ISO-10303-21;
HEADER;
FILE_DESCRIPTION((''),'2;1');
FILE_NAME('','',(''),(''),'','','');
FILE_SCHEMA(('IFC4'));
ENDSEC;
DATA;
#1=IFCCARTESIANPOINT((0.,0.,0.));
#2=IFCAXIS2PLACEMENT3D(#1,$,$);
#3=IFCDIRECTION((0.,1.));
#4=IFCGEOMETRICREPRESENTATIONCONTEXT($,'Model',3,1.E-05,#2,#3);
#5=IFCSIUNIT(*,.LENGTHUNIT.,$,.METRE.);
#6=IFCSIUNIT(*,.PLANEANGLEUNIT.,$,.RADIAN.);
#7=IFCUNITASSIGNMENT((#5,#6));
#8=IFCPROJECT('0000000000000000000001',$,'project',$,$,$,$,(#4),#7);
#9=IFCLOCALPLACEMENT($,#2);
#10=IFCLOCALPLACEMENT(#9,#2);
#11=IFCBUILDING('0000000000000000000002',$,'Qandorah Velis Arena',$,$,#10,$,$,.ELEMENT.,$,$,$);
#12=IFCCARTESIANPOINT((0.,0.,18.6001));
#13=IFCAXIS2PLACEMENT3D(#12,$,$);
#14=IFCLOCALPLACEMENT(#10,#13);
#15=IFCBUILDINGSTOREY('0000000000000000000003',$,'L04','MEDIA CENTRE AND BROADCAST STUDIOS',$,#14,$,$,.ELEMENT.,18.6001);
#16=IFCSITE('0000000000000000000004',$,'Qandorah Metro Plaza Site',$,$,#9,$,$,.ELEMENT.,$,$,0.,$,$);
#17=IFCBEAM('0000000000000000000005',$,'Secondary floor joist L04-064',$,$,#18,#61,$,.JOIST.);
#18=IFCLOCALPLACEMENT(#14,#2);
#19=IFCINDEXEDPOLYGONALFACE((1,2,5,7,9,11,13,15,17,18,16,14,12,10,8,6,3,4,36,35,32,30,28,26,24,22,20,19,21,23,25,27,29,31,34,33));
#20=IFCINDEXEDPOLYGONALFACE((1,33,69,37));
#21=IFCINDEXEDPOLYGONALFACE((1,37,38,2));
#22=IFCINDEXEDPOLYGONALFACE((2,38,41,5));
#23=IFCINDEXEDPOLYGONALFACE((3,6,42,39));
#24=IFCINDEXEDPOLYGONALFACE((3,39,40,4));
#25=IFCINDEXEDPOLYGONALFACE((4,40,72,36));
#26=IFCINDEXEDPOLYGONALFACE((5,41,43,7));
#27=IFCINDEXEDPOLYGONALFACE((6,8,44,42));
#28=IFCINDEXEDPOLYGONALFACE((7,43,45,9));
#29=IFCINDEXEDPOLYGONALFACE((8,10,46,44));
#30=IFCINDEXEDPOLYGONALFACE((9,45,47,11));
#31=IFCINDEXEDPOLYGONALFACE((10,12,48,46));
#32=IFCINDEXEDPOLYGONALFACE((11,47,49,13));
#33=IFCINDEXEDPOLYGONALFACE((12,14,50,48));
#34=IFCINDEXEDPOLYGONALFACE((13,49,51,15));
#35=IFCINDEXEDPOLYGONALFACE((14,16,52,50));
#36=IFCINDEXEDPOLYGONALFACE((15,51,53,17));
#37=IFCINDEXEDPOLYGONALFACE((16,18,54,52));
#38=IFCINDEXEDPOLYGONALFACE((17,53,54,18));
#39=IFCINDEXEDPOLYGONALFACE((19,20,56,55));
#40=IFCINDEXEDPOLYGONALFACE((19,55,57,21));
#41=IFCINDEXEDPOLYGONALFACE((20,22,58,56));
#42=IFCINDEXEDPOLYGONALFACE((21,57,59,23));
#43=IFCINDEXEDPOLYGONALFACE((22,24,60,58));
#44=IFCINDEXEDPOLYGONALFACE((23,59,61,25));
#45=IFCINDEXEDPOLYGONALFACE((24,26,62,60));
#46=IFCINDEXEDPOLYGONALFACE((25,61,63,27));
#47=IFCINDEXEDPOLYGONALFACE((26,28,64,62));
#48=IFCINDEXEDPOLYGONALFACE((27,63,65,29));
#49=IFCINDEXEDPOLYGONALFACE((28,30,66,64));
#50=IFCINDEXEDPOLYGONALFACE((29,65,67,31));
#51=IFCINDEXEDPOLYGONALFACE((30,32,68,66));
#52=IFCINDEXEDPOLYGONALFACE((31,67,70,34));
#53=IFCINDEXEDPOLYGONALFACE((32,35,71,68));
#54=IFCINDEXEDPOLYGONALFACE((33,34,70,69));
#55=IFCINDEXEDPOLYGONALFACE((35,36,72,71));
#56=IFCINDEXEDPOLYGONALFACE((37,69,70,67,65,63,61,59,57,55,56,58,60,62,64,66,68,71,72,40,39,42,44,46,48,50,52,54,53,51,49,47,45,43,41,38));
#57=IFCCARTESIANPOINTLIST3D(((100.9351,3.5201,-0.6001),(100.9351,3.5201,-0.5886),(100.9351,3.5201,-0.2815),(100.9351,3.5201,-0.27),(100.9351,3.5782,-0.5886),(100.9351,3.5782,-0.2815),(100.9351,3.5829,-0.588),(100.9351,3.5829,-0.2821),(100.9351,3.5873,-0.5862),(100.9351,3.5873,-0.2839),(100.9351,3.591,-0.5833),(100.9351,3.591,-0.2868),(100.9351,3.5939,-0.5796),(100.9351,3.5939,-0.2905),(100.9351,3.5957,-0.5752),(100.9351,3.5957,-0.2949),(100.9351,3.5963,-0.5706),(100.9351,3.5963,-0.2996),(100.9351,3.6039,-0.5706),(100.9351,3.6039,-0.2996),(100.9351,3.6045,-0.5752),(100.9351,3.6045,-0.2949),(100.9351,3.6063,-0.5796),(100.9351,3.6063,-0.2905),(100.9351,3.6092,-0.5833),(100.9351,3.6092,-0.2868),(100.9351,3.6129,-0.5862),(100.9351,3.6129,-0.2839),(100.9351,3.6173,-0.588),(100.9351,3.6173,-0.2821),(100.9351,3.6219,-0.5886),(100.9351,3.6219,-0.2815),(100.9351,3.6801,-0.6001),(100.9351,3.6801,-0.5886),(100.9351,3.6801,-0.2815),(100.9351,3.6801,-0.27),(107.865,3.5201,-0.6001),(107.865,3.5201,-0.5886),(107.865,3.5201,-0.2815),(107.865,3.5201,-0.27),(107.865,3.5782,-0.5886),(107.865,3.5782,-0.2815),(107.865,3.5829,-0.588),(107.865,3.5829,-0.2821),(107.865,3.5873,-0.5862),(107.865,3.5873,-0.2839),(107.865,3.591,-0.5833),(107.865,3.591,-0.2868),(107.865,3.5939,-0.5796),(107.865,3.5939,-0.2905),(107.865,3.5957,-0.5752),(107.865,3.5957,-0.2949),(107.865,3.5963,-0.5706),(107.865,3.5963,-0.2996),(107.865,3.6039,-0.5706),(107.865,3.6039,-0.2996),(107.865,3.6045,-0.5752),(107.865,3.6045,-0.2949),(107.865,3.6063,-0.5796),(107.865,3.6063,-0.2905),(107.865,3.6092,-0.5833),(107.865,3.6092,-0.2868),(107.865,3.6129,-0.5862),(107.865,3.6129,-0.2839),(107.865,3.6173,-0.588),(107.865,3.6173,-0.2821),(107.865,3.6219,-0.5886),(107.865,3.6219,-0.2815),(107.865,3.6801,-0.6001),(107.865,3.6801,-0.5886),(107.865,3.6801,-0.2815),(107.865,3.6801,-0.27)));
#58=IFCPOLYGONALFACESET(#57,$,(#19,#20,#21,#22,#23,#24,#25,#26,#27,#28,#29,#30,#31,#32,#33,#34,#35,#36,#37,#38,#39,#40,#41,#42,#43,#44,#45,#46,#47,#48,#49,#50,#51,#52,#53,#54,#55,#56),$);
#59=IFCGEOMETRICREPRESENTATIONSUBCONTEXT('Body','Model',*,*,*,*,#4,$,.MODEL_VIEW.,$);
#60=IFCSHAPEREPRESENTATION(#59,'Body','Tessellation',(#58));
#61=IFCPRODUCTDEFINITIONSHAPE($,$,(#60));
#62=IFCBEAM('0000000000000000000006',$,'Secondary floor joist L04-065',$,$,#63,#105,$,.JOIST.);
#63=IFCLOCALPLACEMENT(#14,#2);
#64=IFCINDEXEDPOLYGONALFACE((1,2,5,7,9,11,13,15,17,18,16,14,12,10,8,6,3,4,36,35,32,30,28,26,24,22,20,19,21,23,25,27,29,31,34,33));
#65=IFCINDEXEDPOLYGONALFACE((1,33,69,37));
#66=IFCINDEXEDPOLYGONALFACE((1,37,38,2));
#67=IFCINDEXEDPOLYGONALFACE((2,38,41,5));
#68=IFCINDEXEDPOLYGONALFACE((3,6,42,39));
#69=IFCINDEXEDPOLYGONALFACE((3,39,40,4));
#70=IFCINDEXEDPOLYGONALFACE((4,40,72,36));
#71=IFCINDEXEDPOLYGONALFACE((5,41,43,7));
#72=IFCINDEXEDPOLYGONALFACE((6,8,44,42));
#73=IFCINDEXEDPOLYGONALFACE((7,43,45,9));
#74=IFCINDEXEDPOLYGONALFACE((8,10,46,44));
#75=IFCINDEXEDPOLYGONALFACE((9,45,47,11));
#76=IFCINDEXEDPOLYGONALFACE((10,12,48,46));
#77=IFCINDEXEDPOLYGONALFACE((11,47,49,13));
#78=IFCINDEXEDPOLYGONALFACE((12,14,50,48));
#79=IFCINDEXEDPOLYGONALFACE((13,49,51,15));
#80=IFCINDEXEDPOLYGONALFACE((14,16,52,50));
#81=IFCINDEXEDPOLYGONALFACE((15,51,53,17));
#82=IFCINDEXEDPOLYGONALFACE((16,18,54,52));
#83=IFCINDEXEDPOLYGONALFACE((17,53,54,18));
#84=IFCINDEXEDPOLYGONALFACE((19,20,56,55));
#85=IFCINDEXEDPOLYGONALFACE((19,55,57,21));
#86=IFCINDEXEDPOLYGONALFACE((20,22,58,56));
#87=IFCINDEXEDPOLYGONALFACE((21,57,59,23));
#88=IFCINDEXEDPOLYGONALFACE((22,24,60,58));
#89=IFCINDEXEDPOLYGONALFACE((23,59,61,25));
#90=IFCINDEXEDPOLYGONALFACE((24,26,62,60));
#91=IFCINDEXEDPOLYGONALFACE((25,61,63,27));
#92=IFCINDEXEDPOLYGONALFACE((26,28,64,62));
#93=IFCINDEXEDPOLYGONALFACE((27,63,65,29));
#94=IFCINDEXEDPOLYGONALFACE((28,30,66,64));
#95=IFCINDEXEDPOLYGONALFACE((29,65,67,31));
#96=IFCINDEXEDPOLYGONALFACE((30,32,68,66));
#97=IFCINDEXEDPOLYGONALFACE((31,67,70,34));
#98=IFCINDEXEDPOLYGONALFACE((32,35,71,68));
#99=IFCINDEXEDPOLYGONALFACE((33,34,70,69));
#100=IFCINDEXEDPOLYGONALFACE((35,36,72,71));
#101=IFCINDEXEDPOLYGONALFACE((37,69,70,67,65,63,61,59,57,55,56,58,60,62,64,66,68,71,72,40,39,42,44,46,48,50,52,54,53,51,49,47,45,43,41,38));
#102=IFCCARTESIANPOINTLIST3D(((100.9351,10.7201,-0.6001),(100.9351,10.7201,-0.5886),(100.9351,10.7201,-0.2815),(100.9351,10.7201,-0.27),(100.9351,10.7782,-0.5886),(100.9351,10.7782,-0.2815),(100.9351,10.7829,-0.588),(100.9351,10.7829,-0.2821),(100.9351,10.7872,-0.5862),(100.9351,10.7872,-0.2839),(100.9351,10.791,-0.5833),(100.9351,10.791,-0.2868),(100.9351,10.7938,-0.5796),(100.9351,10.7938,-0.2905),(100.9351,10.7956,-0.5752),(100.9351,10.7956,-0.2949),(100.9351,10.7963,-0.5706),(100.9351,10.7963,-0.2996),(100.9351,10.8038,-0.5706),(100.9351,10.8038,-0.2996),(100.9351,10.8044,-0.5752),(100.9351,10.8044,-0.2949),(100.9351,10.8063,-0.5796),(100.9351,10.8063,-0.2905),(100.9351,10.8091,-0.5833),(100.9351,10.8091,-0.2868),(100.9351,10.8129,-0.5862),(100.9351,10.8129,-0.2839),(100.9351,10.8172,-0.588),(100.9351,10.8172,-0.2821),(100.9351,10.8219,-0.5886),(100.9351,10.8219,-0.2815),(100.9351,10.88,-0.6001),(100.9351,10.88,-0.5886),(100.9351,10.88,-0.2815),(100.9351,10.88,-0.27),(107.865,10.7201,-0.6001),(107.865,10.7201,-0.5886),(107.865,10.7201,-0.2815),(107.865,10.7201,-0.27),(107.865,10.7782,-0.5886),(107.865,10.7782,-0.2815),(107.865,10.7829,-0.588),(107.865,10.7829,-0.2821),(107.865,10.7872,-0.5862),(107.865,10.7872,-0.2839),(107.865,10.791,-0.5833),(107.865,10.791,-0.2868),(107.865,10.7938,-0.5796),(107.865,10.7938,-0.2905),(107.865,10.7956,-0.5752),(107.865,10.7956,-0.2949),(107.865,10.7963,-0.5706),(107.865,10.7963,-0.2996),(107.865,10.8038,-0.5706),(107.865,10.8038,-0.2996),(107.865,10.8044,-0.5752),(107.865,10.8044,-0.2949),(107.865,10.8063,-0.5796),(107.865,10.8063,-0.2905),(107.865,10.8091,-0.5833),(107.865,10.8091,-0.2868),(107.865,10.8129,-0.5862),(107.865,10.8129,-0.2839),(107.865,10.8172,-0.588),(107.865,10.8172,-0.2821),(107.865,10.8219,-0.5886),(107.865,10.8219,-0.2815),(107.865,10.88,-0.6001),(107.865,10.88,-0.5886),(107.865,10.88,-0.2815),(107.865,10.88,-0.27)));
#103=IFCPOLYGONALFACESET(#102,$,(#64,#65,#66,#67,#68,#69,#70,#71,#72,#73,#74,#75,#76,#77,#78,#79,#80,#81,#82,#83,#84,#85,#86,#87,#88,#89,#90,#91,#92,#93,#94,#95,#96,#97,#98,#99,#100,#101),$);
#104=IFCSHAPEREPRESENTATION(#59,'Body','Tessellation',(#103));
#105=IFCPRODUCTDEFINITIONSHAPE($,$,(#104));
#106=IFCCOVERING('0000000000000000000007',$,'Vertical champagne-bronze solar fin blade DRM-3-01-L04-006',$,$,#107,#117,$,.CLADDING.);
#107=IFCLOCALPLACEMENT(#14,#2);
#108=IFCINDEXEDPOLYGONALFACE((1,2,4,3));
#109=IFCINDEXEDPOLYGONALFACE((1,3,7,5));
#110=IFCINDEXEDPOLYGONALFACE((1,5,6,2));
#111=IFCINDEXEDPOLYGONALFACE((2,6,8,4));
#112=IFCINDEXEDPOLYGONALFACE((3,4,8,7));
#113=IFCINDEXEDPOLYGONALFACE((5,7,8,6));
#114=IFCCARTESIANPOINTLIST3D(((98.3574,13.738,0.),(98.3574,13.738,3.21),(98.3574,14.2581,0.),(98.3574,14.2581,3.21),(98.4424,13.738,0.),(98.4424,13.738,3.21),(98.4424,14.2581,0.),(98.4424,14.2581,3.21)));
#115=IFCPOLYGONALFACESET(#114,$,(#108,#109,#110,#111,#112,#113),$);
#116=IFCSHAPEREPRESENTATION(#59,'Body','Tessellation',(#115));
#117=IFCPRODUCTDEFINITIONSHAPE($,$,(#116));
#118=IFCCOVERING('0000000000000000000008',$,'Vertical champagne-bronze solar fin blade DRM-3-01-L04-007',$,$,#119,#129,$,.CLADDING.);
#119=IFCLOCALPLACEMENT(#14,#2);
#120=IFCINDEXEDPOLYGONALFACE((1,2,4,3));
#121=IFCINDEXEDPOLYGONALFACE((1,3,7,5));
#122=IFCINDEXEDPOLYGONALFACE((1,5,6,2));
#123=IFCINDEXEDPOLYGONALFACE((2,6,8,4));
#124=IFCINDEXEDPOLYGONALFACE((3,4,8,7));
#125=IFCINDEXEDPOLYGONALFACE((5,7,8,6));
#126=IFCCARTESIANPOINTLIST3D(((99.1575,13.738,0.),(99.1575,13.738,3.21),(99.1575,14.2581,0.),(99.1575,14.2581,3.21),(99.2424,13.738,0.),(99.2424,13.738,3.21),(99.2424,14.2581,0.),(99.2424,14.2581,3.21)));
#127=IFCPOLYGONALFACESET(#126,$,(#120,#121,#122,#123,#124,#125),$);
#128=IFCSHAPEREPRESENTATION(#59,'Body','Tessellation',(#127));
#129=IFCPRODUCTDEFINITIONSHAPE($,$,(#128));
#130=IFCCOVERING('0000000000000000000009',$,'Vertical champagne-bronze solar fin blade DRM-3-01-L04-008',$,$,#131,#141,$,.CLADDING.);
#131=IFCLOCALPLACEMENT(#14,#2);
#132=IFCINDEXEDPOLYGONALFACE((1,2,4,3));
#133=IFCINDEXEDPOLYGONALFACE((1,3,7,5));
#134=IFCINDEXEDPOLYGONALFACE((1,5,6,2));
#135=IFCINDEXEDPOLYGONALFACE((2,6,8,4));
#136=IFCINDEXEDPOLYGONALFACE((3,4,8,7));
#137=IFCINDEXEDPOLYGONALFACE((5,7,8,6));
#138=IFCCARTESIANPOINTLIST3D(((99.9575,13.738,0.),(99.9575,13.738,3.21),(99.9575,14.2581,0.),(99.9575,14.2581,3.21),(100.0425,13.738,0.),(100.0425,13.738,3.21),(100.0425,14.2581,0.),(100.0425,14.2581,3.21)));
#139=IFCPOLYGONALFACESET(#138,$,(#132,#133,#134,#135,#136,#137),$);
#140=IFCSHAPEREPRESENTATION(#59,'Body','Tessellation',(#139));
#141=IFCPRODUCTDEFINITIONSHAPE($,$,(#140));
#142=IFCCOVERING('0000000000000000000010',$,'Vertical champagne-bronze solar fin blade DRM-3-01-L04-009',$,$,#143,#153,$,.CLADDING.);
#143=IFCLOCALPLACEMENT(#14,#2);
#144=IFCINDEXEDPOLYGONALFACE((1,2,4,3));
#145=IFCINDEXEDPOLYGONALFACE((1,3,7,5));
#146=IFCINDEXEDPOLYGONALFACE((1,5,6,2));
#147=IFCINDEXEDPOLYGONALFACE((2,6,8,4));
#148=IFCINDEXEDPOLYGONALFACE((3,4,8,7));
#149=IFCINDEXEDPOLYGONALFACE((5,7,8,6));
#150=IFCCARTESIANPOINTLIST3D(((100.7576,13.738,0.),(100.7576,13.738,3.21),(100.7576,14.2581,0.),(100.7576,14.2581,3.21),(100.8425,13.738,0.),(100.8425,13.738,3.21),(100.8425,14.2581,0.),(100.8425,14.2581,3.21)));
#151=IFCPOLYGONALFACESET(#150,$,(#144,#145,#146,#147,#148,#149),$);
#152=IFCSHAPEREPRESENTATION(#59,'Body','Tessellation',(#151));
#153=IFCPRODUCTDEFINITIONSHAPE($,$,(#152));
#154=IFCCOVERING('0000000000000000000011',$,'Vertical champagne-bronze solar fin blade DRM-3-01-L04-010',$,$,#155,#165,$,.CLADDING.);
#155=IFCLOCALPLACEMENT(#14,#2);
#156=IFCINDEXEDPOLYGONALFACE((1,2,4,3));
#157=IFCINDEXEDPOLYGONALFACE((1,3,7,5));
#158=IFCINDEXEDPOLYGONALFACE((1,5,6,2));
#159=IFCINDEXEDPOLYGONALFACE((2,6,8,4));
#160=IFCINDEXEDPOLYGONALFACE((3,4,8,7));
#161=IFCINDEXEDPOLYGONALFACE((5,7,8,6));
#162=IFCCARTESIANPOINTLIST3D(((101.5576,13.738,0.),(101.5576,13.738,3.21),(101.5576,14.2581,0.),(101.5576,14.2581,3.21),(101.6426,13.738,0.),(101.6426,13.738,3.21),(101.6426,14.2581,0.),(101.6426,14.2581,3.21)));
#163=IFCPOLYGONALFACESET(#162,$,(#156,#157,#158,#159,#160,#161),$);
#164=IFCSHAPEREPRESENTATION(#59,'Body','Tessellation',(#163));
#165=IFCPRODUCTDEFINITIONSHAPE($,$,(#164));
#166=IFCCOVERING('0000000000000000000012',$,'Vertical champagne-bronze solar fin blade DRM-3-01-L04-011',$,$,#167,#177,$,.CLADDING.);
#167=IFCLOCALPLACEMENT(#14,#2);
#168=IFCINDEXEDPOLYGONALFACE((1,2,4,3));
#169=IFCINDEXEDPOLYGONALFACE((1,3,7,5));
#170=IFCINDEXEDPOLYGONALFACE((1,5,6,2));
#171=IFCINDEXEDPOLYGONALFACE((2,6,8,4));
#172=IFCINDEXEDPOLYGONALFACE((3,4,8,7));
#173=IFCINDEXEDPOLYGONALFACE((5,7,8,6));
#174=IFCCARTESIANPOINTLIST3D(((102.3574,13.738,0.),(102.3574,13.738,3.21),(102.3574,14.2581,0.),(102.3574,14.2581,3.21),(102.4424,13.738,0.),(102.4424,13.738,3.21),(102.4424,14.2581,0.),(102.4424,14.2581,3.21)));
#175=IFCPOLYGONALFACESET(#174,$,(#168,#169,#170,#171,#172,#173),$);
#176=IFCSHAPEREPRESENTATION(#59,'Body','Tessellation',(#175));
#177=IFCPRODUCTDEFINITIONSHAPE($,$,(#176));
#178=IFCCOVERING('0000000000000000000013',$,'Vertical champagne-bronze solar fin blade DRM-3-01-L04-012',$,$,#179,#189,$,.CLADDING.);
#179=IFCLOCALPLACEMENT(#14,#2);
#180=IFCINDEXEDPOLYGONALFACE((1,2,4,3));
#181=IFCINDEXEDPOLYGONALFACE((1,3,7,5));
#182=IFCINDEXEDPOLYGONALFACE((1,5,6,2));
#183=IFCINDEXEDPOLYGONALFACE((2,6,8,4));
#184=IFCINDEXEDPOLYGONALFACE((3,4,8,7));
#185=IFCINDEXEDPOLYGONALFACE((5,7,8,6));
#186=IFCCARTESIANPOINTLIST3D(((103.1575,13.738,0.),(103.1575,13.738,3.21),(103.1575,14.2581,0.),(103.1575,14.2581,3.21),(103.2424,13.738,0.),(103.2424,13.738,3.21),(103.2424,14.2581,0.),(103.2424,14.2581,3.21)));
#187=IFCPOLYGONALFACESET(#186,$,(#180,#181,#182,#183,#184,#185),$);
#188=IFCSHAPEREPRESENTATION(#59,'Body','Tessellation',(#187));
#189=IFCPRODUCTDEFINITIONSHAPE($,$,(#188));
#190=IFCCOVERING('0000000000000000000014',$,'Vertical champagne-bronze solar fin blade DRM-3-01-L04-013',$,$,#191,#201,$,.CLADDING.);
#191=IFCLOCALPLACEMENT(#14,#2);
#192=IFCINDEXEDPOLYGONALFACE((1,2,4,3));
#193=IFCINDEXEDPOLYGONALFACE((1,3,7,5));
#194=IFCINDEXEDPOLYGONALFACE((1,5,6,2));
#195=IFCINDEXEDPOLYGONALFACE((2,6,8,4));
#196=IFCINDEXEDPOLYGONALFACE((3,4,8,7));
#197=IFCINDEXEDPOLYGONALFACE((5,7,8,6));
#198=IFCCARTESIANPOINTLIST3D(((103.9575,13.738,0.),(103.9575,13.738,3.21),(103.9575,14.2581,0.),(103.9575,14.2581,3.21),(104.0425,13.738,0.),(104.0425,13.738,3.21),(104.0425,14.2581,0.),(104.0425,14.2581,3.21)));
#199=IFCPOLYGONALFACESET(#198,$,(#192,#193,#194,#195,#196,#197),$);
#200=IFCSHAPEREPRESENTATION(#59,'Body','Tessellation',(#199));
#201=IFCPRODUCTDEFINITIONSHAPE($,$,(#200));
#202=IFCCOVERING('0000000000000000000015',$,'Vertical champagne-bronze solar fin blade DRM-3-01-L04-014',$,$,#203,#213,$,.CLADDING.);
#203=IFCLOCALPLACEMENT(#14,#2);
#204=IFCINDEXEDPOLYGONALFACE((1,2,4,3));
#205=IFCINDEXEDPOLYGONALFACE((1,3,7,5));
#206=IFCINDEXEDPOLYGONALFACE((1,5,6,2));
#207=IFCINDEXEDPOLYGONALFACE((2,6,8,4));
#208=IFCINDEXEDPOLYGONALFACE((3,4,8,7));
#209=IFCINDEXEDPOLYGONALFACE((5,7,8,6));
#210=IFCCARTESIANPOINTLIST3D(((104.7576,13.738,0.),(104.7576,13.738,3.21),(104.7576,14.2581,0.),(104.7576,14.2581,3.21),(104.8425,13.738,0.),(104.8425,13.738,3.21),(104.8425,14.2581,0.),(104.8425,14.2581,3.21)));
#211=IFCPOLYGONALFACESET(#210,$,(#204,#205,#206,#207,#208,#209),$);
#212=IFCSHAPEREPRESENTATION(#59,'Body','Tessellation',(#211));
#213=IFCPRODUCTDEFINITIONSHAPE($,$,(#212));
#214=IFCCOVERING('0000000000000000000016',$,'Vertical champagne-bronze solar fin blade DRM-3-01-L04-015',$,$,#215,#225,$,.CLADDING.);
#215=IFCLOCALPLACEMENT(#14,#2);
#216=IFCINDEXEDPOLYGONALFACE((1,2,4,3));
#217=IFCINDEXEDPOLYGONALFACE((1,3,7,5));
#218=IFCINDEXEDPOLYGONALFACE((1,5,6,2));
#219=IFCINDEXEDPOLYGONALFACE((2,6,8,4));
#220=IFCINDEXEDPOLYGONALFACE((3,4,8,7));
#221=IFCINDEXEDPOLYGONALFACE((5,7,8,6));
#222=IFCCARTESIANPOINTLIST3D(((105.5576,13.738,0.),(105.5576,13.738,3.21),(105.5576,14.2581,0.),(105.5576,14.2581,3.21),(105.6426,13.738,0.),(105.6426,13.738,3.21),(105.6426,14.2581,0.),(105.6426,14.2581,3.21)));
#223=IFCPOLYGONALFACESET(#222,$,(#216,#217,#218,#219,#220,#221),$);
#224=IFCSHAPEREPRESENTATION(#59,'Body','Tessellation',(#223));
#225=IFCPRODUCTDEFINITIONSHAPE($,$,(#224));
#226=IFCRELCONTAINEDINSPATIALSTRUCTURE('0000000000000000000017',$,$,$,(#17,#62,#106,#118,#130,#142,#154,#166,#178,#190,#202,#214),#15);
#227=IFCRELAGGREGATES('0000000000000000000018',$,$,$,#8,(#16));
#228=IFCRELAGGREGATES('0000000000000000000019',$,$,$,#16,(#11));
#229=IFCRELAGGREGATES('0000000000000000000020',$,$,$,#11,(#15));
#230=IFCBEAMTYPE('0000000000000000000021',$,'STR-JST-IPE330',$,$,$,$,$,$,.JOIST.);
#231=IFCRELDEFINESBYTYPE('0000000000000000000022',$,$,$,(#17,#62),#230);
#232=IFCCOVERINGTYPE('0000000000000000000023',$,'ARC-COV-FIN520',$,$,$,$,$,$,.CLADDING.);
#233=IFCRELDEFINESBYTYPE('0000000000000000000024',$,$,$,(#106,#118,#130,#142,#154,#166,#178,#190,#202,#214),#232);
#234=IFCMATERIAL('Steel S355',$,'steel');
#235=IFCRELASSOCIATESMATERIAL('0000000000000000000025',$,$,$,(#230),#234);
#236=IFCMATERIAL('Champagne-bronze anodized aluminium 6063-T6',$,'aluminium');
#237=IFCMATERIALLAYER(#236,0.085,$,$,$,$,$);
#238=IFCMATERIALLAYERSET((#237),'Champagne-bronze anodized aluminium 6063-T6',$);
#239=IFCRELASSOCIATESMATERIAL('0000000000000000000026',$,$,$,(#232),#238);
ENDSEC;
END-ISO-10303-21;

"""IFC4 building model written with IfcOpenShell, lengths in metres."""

from ifc_helpers import new_model, si_unit, direction, frame, origin, origin_2d, place, context, subcontext, project, spatial, rectangle, i_section, extrude, material, layer, layer_set, material_profile, profile_set, type_object, element, save


model = new_model("IFC4")

# Units and contexts
model_context = context("Model", 3, precision=1e-05, world=origin(), true_north=direction((0.0, 1.0)))
body_context = subcontext(model_context, "Body", "Model", "MODEL_VIEW")
ifc_project = project(units=[si_unit("LENGTHUNIT", "METRE"), si_unit("PLANEANGLEUNIT", "RADIAN")], contexts=[model_context])

# Site, building, storey
site_placement = place(None, origin())
site = spatial("IfcSite", under=ifc_project, at=site_placement, Name="Qandorah Metro Plaza Site", CompositionType="ELEMENT", RefElevation=0.0)
building_placement = place(site_placement, origin())
building = spatial("IfcBuilding", under=site, at=building_placement, Name="Qandorah Velis Arena", CompositionType="ELEMENT")
storey_placement = place(building_placement, frame((0.0, 0.0, 18.6001)))
storey = spatial("IfcBuildingStorey", under=building, at=storey_placement, Name="L04", Description="MEDIA CENTRE AND BROADCAST STUDIOS", CompositionType="ELEMENT", Elevation=18.6001)

# Beams
ifc_material_1 = material(Name="Steel S355", Category="steel")
ifc_material_profile_1 = material_profile(ifc_material_1, i_section(OverallWidth=0.1599, OverallDepth=0.3301, WebThickness=0.0076, FlangeThickness=0.0115, FilletRadius=0.0181, at=origin_2d()), Name="IPE 330")
ifc_profile_set_1 = profile_set([ifc_material_profile_1], Name="Steel S355")
beam_type_1 = type_object("IfcBeamType", Name="STR-JST-IPE330", PredefinedType="JOIST", material=ifc_profile_set_1)
for number, where, z_axis, x_axis, name in (
    (1, (100.9351, 3.6001, -0.4351), (1.0, 0.0, 0.0), (0.0, 1.0, 0.0), "Secondary floor joist L04-064"),
    (2, (100.9351, 10.8, -0.4351), (1.0, 0.0, 0.0), (0.0, 1.0, 0.0), "Secondary floor joist L04-065"),
):
    element("IfcBeam", number, at=place(storey_placement, frame(where, z_axis=z_axis, x_axis=x_axis)), inside=storey, type_object=beam_type_1, Name=name, PredefinedType="JOIST", context=body_context, shape_type="SweptSolid", body=[
        extrude(i_section(OverallWidth=0.1599, OverallDepth=0.3301, WebThickness=0.0076, FlangeThickness=0.0115, FilletRadius=0.0181, at=origin_2d()), origin(), (0.0, 0.0, 1.0), 6.9299),
    ])

# Coverings
ifc_material_2 = material(Name="Champagne-bronze anodized aluminium 6063-T6", Category="aluminium")
ifc_layer = layer(ifc_material_2, 0.085)
ifc_layer_set = layer_set([ifc_layer], Name="Champagne-bronze anodized aluminium 6063-T6")
covering_type = type_object("IfcCoveringType", Name="ARC-COV-FIN520", PredefinedType="CLADDING", material=ifc_layer_set)
for number, where, z_axis, x_axis, name in (
    (3, (98.3999, 13.998, 0.0), (0.0, 0.0, 1.0), (1.0, 0.0, 0.0), "Vertical champagne-bronze solar fin blade DRM-3-01-L04-006"),
    (4, (99.2, 13.998, 0.0), (0.0, 0.0, 1.0), (1.0, 0.0, 0.0), "Vertical champagne-bronze solar fin blade DRM-3-01-L04-007"),
    (5, (100.0, 13.998, 0.0), (0.0, 0.0, 1.0), (1.0, 0.0, 0.0), "Vertical champagne-bronze solar fin blade DRM-3-01-L04-008"),
    (6, (100.8, 13.998, 0.0), (0.0, 0.0, 1.0), (1.0, 0.0, 0.0), "Vertical champagne-bronze solar fin blade DRM-3-01-L04-009"),
    (7, (101.6001, 13.998, 0.0), (0.0, 0.0, 1.0), (1.0, 0.0, 0.0), "Vertical champagne-bronze solar fin blade DRM-3-01-L04-010"),
    (8, (102.3999, 13.998, 0.0), (0.0, 0.0, 1.0), (1.0, 0.0, 0.0), "Vertical champagne-bronze solar fin blade DRM-3-01-L04-011"),
    (9, (103.2, 13.998, 0.0), (0.0, 0.0, 1.0), (1.0, 0.0, 0.0), "Vertical champagne-bronze solar fin blade DRM-3-01-L04-012"),
    (10, (104.0, 13.998, 0.0), (0.0, 0.0, 1.0), (1.0, 0.0, 0.0), "Vertical champagne-bronze solar fin blade DRM-3-01-L04-013"),
    (11, (104.8, 13.998, 0.0), (0.0, 0.0, 1.0), (1.0, 0.0, 0.0), "Vertical champagne-bronze solar fin blade DRM-3-01-L04-014"),
    (12, (105.6001, 13.998, 0.0), (0.0, 0.0, 1.0), (1.0, 0.0, 0.0), "Vertical champagne-bronze solar fin blade DRM-3-01-L04-015"),
):
    element("IfcCovering", number, at=place(storey_placement, frame(where, z_axis=z_axis, x_axis=x_axis)), inside=storey, type_object=covering_type, Name=name, PredefinedType="CLADDING", context=body_context, shape_type="SweptSolid", body=[
        extrude(rectangle(XDim=0.085, YDim=0.52, at=origin_2d()), origin(), (0.0, 0.0, 1.0), 3.21),
    ])

save(model, "model.ifc")
